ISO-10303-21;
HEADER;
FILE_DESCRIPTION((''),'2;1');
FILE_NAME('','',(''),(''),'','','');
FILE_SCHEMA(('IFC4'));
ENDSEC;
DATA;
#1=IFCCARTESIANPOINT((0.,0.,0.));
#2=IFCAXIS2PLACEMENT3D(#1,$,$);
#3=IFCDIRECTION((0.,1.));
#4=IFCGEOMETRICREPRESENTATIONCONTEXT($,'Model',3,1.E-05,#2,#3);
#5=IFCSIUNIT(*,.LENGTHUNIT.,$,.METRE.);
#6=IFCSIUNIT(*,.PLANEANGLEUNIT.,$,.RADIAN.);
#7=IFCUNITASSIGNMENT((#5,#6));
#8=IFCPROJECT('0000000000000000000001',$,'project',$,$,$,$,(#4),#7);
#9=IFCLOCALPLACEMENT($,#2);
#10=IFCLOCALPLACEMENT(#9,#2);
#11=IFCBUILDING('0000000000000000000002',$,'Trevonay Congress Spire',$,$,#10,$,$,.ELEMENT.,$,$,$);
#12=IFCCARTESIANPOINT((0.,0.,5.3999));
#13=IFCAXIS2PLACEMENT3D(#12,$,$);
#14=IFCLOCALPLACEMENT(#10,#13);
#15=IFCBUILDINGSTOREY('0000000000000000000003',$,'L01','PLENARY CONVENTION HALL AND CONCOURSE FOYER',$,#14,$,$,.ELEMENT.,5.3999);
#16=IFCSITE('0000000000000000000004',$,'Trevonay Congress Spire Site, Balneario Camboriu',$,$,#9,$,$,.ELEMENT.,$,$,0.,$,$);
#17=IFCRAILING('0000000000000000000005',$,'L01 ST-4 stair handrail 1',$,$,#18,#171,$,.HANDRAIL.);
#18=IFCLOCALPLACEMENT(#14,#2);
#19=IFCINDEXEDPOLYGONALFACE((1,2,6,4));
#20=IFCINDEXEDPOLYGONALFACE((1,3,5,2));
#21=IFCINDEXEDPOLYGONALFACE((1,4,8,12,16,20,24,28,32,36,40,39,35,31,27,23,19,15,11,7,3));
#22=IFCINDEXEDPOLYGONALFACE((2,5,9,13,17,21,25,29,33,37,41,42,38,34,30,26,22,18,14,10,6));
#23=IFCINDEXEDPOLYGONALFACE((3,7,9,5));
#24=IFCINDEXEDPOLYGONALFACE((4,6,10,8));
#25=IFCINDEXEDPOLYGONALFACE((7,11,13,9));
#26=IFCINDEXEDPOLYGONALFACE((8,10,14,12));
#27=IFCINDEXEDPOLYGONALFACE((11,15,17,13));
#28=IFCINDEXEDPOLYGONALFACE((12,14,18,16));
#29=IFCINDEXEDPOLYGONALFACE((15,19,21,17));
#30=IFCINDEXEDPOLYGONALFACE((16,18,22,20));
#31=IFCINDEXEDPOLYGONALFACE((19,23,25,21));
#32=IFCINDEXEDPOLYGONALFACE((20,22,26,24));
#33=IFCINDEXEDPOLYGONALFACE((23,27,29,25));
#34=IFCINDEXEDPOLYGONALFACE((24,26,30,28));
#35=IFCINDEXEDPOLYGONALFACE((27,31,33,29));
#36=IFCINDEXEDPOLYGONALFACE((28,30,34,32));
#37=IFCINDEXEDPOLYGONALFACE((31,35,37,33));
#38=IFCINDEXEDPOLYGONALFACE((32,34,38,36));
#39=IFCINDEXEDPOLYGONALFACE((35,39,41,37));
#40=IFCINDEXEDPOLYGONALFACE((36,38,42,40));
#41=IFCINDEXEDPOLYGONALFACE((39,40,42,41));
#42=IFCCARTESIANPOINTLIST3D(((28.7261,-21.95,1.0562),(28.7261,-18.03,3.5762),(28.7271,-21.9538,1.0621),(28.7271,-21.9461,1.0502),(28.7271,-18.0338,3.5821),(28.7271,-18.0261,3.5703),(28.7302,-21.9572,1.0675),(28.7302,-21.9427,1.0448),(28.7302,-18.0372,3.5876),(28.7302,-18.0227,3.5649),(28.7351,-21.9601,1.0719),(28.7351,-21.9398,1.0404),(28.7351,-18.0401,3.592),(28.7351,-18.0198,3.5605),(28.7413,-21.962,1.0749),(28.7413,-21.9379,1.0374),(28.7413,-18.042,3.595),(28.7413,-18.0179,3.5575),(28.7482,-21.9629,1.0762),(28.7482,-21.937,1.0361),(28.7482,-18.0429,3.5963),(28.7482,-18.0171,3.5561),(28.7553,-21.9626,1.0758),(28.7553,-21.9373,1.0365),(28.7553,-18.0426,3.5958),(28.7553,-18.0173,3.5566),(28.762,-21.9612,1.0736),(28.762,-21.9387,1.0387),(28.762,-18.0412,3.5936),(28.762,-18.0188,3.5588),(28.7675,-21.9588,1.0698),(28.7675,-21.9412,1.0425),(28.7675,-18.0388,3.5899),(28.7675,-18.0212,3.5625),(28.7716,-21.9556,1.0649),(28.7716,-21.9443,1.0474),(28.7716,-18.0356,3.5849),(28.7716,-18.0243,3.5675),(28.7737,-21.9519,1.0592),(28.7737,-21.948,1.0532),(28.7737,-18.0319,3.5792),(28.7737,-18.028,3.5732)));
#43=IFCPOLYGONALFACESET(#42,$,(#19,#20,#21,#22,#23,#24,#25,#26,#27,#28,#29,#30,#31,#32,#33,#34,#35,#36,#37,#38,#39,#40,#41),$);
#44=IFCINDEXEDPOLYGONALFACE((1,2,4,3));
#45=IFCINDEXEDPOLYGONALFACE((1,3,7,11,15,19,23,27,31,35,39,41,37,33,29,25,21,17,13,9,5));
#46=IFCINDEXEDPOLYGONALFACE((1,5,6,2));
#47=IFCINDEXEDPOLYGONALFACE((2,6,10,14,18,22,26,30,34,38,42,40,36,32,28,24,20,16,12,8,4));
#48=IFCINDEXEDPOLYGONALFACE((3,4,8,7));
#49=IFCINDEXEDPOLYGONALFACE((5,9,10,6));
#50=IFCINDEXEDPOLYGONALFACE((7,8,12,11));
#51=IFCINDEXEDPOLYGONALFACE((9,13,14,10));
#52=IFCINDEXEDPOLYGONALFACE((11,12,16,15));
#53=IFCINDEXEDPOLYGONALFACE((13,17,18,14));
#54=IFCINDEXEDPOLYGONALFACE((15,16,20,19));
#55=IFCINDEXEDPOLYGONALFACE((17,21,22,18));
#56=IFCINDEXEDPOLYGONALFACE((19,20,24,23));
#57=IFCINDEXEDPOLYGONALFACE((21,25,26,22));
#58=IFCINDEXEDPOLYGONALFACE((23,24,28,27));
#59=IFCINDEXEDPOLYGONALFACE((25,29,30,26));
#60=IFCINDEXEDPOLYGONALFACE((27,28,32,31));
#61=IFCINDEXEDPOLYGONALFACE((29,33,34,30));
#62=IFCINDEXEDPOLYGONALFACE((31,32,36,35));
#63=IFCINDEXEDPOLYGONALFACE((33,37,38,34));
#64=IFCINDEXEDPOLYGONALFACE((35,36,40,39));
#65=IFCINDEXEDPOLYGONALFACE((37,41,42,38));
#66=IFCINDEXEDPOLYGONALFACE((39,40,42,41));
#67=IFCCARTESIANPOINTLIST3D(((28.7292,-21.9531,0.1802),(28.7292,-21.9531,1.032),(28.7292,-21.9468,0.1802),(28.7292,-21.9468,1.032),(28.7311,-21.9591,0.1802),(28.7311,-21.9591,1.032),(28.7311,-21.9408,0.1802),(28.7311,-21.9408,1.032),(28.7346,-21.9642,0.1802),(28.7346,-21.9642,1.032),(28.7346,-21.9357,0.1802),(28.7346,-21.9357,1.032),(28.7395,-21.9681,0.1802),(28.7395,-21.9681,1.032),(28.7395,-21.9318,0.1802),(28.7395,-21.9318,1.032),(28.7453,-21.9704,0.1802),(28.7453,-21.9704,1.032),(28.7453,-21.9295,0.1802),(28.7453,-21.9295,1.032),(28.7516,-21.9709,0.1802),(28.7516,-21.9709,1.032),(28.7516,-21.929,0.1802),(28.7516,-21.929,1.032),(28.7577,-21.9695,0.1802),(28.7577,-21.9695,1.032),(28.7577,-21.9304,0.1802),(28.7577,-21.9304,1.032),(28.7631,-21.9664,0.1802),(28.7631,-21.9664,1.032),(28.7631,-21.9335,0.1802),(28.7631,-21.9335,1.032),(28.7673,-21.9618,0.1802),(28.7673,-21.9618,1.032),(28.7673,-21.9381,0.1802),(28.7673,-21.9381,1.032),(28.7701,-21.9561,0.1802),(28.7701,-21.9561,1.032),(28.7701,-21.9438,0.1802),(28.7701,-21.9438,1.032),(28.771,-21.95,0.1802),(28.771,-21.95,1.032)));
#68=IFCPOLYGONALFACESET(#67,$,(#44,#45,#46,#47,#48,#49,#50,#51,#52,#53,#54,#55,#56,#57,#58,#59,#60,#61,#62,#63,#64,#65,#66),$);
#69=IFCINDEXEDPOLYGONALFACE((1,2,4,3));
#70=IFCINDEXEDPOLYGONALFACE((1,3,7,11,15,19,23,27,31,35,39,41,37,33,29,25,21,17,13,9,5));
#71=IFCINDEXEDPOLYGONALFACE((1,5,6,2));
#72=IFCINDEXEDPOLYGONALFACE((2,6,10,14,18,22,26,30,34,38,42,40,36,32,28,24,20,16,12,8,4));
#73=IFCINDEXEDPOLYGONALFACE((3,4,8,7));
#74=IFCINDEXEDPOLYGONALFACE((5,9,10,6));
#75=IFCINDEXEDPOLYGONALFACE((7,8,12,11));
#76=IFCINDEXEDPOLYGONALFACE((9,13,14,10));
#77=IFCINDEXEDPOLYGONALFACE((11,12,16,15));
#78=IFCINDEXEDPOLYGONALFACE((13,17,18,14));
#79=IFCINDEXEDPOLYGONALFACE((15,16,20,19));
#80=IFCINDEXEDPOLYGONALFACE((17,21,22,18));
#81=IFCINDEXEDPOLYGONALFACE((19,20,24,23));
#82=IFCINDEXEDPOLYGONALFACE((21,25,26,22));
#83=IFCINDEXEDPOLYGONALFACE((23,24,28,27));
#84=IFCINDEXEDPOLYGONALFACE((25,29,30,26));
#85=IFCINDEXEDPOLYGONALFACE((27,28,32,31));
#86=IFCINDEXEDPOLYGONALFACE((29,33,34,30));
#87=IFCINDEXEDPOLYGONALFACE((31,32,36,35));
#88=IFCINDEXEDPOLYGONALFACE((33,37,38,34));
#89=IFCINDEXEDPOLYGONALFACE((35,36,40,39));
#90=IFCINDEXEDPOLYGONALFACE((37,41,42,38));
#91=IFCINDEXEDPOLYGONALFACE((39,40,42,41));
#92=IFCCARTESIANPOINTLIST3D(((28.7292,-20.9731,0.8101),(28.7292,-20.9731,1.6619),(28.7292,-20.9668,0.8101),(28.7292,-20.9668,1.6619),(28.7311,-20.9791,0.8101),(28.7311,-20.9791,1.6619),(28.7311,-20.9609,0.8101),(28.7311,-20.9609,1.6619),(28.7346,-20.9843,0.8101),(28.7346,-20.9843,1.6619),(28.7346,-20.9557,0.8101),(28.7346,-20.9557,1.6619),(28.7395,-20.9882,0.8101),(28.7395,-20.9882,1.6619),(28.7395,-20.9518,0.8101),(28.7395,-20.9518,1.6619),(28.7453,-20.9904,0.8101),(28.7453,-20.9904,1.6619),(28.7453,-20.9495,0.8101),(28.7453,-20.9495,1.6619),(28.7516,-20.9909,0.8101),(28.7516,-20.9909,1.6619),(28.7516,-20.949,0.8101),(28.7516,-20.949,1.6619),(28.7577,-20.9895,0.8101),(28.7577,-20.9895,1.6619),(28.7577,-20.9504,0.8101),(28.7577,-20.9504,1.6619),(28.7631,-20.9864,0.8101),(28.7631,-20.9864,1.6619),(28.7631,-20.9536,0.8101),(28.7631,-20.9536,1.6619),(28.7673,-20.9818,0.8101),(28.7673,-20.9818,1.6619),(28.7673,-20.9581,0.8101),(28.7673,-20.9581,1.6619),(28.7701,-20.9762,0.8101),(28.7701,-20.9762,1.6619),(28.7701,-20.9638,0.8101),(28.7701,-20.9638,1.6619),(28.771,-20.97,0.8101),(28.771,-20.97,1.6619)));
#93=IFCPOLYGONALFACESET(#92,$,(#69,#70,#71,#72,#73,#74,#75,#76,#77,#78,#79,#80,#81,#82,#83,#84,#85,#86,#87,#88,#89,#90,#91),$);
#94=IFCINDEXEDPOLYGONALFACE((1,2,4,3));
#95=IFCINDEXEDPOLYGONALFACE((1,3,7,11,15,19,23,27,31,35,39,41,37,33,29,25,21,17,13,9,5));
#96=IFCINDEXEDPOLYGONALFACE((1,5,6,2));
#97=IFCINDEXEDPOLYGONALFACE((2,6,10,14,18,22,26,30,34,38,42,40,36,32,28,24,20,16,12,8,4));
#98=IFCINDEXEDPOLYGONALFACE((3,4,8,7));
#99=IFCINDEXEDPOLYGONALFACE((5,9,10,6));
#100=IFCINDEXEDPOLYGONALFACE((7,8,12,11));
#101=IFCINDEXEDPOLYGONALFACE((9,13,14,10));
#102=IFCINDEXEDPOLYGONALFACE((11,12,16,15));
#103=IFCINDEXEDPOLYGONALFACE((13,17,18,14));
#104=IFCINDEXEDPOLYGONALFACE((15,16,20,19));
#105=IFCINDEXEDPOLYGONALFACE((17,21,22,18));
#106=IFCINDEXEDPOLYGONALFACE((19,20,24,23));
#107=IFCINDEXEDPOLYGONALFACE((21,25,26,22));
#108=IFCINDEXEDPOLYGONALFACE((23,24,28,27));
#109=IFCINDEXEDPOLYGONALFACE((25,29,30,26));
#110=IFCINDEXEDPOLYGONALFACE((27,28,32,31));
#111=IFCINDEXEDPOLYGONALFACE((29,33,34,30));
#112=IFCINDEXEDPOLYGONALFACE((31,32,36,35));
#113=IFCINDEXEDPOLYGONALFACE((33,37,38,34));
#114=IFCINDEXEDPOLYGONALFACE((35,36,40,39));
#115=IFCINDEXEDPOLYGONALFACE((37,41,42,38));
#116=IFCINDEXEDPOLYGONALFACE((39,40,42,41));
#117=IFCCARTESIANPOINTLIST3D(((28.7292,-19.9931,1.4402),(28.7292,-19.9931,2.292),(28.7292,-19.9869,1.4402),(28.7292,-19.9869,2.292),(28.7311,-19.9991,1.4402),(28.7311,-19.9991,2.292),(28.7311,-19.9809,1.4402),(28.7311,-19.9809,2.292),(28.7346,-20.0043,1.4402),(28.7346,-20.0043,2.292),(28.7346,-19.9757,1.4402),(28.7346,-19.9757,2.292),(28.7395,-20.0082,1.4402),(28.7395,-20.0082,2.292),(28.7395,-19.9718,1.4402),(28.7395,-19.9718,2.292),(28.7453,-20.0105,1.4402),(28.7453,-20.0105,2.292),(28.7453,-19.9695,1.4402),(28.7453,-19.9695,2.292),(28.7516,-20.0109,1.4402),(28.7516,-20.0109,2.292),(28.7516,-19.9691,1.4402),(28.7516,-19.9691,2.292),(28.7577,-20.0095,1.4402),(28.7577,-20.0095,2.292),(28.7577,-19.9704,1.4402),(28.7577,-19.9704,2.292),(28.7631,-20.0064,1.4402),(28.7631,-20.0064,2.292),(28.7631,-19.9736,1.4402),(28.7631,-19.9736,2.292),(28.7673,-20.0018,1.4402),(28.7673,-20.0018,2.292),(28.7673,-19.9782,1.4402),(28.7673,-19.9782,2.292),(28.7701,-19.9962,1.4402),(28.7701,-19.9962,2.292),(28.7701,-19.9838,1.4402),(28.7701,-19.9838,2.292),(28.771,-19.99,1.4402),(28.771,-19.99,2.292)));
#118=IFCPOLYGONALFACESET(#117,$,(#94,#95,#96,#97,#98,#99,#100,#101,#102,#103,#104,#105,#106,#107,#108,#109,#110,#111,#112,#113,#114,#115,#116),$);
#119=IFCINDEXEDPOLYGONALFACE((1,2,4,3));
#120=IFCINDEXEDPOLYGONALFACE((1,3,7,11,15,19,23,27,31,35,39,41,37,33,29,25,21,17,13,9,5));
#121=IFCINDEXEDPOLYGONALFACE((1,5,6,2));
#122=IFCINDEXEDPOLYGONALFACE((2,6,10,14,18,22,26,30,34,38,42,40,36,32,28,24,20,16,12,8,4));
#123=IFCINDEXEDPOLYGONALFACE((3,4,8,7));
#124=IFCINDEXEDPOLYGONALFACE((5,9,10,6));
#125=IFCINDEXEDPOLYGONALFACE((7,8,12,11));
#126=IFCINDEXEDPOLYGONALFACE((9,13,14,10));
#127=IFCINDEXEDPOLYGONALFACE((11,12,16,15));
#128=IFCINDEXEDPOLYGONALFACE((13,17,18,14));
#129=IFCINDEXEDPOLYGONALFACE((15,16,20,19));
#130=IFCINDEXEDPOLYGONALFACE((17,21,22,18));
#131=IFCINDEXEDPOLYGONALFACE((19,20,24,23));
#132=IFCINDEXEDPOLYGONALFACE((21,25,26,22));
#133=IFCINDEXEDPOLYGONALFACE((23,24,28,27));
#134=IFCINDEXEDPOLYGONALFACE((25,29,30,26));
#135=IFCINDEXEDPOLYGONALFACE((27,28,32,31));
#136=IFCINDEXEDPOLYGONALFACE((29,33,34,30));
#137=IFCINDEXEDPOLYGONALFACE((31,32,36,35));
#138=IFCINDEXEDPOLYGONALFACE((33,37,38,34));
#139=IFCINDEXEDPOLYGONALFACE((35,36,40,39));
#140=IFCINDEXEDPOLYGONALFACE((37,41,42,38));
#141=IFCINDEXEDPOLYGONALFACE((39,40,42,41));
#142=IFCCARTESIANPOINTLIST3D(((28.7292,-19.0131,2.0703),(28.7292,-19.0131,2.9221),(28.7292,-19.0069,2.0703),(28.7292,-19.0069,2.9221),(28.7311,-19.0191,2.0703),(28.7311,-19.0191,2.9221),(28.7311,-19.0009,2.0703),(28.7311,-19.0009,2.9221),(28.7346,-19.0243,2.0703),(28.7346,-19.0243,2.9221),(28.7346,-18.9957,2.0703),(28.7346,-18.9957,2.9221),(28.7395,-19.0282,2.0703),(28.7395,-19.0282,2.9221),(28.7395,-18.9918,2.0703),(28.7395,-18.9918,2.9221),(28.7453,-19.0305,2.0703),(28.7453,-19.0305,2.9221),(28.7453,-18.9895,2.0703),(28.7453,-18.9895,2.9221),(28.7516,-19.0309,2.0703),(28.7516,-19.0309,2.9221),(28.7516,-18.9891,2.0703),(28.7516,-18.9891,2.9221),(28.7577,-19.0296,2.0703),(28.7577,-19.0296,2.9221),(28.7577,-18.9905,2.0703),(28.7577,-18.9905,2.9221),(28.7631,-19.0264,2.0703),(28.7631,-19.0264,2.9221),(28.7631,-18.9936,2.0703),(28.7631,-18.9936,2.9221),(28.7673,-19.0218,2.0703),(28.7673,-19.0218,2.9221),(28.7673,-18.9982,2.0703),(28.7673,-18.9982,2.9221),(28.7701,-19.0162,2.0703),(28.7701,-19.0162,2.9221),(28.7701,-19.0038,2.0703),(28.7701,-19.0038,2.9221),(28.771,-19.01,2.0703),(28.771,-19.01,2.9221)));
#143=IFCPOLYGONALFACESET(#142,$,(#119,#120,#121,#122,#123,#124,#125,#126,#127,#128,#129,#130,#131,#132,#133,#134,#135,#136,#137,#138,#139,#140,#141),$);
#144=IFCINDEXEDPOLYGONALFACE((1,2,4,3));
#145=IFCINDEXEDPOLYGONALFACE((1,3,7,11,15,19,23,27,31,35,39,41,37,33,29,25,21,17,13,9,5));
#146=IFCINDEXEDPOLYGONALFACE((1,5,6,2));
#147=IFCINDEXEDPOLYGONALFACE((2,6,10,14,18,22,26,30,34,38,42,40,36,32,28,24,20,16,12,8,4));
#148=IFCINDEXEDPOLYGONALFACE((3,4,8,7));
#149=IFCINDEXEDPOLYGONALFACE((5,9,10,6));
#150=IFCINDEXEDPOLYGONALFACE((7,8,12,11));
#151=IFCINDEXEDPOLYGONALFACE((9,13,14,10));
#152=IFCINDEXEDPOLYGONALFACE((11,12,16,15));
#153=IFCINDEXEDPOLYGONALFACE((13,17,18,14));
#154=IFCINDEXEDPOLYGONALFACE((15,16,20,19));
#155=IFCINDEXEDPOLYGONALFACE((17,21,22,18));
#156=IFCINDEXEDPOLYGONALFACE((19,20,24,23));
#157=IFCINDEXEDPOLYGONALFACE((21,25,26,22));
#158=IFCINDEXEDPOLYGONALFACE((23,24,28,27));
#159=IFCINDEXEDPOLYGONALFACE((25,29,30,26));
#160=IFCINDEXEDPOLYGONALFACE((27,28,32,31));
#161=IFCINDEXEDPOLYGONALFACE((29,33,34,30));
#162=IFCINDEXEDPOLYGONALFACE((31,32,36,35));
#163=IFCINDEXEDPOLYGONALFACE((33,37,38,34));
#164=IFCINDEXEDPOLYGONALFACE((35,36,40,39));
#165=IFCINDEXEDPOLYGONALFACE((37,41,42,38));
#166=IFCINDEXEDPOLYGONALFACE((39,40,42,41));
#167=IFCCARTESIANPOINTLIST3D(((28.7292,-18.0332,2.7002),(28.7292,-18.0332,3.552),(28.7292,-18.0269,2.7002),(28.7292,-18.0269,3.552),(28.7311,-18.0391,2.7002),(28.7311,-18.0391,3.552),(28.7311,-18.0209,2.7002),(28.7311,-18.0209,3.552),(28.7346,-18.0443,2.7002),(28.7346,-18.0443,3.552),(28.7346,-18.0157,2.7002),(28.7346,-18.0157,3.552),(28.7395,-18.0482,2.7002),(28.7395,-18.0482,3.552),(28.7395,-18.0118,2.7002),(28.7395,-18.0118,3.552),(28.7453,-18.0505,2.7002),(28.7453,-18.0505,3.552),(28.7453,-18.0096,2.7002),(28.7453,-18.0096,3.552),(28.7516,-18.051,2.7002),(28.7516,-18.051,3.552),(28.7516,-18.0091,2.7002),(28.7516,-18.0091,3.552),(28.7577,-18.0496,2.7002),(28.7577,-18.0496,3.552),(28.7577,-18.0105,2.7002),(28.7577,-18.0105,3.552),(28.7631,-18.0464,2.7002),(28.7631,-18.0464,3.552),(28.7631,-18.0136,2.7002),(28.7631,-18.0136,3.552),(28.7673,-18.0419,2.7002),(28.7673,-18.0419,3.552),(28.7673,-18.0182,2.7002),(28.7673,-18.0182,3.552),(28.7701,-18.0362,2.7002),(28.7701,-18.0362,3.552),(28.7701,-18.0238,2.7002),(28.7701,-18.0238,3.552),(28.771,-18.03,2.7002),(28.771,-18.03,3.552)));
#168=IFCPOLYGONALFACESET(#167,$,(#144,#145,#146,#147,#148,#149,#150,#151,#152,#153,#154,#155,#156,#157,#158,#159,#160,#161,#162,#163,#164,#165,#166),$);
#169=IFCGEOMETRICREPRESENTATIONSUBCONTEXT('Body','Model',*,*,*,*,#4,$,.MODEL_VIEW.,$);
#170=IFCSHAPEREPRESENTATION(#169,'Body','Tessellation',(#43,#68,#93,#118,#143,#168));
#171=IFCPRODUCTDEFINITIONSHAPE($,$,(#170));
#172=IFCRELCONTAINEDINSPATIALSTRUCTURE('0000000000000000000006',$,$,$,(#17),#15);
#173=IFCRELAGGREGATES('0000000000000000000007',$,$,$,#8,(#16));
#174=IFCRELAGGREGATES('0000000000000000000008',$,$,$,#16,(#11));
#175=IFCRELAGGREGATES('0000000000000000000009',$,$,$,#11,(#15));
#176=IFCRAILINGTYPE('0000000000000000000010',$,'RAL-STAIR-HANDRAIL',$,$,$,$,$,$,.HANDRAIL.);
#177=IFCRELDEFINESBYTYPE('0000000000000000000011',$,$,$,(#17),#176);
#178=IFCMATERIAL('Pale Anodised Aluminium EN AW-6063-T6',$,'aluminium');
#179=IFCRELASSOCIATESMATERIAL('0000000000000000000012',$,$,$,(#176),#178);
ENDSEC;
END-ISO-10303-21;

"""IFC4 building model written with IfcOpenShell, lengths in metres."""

from ifc_helpers import new_model, si_unit, direction, frame, origin, origin_2d, place, context, subcontext, project, spatial, circle, extrude, material, type_object, element, save


model = new_model("IFC4")

# Units and contexts
model_context = context("Model", 3, precision=1e-05, world=origin(), true_north=direction((0.0, 1.0)))
body_context = subcontext(model_context, "Body", "Model", "MODEL_VIEW")
ifc_project = project(units=[si_unit("LENGTHUNIT", "METRE"), si_unit("PLANEANGLEUNIT", "RADIAN")], contexts=[model_context])

# Site, building, storey
site_placement = place(None, origin())
site = spatial("IfcSite", under=ifc_project, at=site_placement, Name="Trevonay Congress Spire Site, Balneario Camboriu", CompositionType="ELEMENT", RefElevation=0.0)
building_placement = place(site_placement, origin())
building = spatial("IfcBuilding", under=site, at=building_placement, Name="Trevonay Congress Spire", CompositionType="ELEMENT")
storey_placement = place(building_placement, frame((0.0, 0.0, 5.3999)))
storey = spatial("IfcBuildingStorey", under=building, at=storey_placement, Name="L01", Description="PLENARY CONVENTION HALL AND CONCOURSE FOYER", CompositionType="ELEMENT", Elevation=5.3999)

# Shared definitions
ifc_material_1 = material(Name="Pale Anodised Aluminium EN AW-6063-T6", Category="aluminium")

# Railing
railing_type_1 = type_object("IfcRailingType", Name="RAL-STAIR-HANDRAIL", PredefinedType="HANDRAIL", material=ifc_material_1)
railing_1_placement = place(storey_placement, frame((28.75, -21.95, 0.1802)))
element("IfcRailing", 1, at=railing_1_placement, inside=storey, type_object=railing_type_1, Name="L01 ST-4 stair handrail 1", PredefinedType="HANDRAIL", context=body_context, shape_type="SweptSolid", body=[
    extrude(circle(Radius=0.0239, at=origin_2d()), frame((0.0, 0.0, 0.876), z_axis=(0.0, 0.841172, 0.540768), x_axis=(-1.0, 0.0, 0.0)), (0.0, 0.0, 1.0), 4.6602),
    extrude(circle(Radius=0.021, at=origin_2d()), origin(), (0.0, 0.0, 1.0), 0.8518),
    extrude(circle(Radius=0.021, at=origin_2d()), frame((0.0, 0.98, 0.6299)), (0.0, 0.0, 1.0), 0.8518),
    extrude(circle(Radius=0.021, at=origin_2d()), frame((0.0, 1.96, 1.26)), (0.0, 0.0, 1.0), 0.8518),
    extrude(circle(Radius=0.021, at=origin_2d()), frame((0.0, 2.9399, 1.8901)), (0.0, 0.0, 1.0), 0.8518),
    extrude(circle(Radius=0.021, at=origin_2d()), frame((0.0, 3.9199, 2.52)), (0.0, 0.0, 1.0), 0.8518),
])

save(model, "model.ifc")
